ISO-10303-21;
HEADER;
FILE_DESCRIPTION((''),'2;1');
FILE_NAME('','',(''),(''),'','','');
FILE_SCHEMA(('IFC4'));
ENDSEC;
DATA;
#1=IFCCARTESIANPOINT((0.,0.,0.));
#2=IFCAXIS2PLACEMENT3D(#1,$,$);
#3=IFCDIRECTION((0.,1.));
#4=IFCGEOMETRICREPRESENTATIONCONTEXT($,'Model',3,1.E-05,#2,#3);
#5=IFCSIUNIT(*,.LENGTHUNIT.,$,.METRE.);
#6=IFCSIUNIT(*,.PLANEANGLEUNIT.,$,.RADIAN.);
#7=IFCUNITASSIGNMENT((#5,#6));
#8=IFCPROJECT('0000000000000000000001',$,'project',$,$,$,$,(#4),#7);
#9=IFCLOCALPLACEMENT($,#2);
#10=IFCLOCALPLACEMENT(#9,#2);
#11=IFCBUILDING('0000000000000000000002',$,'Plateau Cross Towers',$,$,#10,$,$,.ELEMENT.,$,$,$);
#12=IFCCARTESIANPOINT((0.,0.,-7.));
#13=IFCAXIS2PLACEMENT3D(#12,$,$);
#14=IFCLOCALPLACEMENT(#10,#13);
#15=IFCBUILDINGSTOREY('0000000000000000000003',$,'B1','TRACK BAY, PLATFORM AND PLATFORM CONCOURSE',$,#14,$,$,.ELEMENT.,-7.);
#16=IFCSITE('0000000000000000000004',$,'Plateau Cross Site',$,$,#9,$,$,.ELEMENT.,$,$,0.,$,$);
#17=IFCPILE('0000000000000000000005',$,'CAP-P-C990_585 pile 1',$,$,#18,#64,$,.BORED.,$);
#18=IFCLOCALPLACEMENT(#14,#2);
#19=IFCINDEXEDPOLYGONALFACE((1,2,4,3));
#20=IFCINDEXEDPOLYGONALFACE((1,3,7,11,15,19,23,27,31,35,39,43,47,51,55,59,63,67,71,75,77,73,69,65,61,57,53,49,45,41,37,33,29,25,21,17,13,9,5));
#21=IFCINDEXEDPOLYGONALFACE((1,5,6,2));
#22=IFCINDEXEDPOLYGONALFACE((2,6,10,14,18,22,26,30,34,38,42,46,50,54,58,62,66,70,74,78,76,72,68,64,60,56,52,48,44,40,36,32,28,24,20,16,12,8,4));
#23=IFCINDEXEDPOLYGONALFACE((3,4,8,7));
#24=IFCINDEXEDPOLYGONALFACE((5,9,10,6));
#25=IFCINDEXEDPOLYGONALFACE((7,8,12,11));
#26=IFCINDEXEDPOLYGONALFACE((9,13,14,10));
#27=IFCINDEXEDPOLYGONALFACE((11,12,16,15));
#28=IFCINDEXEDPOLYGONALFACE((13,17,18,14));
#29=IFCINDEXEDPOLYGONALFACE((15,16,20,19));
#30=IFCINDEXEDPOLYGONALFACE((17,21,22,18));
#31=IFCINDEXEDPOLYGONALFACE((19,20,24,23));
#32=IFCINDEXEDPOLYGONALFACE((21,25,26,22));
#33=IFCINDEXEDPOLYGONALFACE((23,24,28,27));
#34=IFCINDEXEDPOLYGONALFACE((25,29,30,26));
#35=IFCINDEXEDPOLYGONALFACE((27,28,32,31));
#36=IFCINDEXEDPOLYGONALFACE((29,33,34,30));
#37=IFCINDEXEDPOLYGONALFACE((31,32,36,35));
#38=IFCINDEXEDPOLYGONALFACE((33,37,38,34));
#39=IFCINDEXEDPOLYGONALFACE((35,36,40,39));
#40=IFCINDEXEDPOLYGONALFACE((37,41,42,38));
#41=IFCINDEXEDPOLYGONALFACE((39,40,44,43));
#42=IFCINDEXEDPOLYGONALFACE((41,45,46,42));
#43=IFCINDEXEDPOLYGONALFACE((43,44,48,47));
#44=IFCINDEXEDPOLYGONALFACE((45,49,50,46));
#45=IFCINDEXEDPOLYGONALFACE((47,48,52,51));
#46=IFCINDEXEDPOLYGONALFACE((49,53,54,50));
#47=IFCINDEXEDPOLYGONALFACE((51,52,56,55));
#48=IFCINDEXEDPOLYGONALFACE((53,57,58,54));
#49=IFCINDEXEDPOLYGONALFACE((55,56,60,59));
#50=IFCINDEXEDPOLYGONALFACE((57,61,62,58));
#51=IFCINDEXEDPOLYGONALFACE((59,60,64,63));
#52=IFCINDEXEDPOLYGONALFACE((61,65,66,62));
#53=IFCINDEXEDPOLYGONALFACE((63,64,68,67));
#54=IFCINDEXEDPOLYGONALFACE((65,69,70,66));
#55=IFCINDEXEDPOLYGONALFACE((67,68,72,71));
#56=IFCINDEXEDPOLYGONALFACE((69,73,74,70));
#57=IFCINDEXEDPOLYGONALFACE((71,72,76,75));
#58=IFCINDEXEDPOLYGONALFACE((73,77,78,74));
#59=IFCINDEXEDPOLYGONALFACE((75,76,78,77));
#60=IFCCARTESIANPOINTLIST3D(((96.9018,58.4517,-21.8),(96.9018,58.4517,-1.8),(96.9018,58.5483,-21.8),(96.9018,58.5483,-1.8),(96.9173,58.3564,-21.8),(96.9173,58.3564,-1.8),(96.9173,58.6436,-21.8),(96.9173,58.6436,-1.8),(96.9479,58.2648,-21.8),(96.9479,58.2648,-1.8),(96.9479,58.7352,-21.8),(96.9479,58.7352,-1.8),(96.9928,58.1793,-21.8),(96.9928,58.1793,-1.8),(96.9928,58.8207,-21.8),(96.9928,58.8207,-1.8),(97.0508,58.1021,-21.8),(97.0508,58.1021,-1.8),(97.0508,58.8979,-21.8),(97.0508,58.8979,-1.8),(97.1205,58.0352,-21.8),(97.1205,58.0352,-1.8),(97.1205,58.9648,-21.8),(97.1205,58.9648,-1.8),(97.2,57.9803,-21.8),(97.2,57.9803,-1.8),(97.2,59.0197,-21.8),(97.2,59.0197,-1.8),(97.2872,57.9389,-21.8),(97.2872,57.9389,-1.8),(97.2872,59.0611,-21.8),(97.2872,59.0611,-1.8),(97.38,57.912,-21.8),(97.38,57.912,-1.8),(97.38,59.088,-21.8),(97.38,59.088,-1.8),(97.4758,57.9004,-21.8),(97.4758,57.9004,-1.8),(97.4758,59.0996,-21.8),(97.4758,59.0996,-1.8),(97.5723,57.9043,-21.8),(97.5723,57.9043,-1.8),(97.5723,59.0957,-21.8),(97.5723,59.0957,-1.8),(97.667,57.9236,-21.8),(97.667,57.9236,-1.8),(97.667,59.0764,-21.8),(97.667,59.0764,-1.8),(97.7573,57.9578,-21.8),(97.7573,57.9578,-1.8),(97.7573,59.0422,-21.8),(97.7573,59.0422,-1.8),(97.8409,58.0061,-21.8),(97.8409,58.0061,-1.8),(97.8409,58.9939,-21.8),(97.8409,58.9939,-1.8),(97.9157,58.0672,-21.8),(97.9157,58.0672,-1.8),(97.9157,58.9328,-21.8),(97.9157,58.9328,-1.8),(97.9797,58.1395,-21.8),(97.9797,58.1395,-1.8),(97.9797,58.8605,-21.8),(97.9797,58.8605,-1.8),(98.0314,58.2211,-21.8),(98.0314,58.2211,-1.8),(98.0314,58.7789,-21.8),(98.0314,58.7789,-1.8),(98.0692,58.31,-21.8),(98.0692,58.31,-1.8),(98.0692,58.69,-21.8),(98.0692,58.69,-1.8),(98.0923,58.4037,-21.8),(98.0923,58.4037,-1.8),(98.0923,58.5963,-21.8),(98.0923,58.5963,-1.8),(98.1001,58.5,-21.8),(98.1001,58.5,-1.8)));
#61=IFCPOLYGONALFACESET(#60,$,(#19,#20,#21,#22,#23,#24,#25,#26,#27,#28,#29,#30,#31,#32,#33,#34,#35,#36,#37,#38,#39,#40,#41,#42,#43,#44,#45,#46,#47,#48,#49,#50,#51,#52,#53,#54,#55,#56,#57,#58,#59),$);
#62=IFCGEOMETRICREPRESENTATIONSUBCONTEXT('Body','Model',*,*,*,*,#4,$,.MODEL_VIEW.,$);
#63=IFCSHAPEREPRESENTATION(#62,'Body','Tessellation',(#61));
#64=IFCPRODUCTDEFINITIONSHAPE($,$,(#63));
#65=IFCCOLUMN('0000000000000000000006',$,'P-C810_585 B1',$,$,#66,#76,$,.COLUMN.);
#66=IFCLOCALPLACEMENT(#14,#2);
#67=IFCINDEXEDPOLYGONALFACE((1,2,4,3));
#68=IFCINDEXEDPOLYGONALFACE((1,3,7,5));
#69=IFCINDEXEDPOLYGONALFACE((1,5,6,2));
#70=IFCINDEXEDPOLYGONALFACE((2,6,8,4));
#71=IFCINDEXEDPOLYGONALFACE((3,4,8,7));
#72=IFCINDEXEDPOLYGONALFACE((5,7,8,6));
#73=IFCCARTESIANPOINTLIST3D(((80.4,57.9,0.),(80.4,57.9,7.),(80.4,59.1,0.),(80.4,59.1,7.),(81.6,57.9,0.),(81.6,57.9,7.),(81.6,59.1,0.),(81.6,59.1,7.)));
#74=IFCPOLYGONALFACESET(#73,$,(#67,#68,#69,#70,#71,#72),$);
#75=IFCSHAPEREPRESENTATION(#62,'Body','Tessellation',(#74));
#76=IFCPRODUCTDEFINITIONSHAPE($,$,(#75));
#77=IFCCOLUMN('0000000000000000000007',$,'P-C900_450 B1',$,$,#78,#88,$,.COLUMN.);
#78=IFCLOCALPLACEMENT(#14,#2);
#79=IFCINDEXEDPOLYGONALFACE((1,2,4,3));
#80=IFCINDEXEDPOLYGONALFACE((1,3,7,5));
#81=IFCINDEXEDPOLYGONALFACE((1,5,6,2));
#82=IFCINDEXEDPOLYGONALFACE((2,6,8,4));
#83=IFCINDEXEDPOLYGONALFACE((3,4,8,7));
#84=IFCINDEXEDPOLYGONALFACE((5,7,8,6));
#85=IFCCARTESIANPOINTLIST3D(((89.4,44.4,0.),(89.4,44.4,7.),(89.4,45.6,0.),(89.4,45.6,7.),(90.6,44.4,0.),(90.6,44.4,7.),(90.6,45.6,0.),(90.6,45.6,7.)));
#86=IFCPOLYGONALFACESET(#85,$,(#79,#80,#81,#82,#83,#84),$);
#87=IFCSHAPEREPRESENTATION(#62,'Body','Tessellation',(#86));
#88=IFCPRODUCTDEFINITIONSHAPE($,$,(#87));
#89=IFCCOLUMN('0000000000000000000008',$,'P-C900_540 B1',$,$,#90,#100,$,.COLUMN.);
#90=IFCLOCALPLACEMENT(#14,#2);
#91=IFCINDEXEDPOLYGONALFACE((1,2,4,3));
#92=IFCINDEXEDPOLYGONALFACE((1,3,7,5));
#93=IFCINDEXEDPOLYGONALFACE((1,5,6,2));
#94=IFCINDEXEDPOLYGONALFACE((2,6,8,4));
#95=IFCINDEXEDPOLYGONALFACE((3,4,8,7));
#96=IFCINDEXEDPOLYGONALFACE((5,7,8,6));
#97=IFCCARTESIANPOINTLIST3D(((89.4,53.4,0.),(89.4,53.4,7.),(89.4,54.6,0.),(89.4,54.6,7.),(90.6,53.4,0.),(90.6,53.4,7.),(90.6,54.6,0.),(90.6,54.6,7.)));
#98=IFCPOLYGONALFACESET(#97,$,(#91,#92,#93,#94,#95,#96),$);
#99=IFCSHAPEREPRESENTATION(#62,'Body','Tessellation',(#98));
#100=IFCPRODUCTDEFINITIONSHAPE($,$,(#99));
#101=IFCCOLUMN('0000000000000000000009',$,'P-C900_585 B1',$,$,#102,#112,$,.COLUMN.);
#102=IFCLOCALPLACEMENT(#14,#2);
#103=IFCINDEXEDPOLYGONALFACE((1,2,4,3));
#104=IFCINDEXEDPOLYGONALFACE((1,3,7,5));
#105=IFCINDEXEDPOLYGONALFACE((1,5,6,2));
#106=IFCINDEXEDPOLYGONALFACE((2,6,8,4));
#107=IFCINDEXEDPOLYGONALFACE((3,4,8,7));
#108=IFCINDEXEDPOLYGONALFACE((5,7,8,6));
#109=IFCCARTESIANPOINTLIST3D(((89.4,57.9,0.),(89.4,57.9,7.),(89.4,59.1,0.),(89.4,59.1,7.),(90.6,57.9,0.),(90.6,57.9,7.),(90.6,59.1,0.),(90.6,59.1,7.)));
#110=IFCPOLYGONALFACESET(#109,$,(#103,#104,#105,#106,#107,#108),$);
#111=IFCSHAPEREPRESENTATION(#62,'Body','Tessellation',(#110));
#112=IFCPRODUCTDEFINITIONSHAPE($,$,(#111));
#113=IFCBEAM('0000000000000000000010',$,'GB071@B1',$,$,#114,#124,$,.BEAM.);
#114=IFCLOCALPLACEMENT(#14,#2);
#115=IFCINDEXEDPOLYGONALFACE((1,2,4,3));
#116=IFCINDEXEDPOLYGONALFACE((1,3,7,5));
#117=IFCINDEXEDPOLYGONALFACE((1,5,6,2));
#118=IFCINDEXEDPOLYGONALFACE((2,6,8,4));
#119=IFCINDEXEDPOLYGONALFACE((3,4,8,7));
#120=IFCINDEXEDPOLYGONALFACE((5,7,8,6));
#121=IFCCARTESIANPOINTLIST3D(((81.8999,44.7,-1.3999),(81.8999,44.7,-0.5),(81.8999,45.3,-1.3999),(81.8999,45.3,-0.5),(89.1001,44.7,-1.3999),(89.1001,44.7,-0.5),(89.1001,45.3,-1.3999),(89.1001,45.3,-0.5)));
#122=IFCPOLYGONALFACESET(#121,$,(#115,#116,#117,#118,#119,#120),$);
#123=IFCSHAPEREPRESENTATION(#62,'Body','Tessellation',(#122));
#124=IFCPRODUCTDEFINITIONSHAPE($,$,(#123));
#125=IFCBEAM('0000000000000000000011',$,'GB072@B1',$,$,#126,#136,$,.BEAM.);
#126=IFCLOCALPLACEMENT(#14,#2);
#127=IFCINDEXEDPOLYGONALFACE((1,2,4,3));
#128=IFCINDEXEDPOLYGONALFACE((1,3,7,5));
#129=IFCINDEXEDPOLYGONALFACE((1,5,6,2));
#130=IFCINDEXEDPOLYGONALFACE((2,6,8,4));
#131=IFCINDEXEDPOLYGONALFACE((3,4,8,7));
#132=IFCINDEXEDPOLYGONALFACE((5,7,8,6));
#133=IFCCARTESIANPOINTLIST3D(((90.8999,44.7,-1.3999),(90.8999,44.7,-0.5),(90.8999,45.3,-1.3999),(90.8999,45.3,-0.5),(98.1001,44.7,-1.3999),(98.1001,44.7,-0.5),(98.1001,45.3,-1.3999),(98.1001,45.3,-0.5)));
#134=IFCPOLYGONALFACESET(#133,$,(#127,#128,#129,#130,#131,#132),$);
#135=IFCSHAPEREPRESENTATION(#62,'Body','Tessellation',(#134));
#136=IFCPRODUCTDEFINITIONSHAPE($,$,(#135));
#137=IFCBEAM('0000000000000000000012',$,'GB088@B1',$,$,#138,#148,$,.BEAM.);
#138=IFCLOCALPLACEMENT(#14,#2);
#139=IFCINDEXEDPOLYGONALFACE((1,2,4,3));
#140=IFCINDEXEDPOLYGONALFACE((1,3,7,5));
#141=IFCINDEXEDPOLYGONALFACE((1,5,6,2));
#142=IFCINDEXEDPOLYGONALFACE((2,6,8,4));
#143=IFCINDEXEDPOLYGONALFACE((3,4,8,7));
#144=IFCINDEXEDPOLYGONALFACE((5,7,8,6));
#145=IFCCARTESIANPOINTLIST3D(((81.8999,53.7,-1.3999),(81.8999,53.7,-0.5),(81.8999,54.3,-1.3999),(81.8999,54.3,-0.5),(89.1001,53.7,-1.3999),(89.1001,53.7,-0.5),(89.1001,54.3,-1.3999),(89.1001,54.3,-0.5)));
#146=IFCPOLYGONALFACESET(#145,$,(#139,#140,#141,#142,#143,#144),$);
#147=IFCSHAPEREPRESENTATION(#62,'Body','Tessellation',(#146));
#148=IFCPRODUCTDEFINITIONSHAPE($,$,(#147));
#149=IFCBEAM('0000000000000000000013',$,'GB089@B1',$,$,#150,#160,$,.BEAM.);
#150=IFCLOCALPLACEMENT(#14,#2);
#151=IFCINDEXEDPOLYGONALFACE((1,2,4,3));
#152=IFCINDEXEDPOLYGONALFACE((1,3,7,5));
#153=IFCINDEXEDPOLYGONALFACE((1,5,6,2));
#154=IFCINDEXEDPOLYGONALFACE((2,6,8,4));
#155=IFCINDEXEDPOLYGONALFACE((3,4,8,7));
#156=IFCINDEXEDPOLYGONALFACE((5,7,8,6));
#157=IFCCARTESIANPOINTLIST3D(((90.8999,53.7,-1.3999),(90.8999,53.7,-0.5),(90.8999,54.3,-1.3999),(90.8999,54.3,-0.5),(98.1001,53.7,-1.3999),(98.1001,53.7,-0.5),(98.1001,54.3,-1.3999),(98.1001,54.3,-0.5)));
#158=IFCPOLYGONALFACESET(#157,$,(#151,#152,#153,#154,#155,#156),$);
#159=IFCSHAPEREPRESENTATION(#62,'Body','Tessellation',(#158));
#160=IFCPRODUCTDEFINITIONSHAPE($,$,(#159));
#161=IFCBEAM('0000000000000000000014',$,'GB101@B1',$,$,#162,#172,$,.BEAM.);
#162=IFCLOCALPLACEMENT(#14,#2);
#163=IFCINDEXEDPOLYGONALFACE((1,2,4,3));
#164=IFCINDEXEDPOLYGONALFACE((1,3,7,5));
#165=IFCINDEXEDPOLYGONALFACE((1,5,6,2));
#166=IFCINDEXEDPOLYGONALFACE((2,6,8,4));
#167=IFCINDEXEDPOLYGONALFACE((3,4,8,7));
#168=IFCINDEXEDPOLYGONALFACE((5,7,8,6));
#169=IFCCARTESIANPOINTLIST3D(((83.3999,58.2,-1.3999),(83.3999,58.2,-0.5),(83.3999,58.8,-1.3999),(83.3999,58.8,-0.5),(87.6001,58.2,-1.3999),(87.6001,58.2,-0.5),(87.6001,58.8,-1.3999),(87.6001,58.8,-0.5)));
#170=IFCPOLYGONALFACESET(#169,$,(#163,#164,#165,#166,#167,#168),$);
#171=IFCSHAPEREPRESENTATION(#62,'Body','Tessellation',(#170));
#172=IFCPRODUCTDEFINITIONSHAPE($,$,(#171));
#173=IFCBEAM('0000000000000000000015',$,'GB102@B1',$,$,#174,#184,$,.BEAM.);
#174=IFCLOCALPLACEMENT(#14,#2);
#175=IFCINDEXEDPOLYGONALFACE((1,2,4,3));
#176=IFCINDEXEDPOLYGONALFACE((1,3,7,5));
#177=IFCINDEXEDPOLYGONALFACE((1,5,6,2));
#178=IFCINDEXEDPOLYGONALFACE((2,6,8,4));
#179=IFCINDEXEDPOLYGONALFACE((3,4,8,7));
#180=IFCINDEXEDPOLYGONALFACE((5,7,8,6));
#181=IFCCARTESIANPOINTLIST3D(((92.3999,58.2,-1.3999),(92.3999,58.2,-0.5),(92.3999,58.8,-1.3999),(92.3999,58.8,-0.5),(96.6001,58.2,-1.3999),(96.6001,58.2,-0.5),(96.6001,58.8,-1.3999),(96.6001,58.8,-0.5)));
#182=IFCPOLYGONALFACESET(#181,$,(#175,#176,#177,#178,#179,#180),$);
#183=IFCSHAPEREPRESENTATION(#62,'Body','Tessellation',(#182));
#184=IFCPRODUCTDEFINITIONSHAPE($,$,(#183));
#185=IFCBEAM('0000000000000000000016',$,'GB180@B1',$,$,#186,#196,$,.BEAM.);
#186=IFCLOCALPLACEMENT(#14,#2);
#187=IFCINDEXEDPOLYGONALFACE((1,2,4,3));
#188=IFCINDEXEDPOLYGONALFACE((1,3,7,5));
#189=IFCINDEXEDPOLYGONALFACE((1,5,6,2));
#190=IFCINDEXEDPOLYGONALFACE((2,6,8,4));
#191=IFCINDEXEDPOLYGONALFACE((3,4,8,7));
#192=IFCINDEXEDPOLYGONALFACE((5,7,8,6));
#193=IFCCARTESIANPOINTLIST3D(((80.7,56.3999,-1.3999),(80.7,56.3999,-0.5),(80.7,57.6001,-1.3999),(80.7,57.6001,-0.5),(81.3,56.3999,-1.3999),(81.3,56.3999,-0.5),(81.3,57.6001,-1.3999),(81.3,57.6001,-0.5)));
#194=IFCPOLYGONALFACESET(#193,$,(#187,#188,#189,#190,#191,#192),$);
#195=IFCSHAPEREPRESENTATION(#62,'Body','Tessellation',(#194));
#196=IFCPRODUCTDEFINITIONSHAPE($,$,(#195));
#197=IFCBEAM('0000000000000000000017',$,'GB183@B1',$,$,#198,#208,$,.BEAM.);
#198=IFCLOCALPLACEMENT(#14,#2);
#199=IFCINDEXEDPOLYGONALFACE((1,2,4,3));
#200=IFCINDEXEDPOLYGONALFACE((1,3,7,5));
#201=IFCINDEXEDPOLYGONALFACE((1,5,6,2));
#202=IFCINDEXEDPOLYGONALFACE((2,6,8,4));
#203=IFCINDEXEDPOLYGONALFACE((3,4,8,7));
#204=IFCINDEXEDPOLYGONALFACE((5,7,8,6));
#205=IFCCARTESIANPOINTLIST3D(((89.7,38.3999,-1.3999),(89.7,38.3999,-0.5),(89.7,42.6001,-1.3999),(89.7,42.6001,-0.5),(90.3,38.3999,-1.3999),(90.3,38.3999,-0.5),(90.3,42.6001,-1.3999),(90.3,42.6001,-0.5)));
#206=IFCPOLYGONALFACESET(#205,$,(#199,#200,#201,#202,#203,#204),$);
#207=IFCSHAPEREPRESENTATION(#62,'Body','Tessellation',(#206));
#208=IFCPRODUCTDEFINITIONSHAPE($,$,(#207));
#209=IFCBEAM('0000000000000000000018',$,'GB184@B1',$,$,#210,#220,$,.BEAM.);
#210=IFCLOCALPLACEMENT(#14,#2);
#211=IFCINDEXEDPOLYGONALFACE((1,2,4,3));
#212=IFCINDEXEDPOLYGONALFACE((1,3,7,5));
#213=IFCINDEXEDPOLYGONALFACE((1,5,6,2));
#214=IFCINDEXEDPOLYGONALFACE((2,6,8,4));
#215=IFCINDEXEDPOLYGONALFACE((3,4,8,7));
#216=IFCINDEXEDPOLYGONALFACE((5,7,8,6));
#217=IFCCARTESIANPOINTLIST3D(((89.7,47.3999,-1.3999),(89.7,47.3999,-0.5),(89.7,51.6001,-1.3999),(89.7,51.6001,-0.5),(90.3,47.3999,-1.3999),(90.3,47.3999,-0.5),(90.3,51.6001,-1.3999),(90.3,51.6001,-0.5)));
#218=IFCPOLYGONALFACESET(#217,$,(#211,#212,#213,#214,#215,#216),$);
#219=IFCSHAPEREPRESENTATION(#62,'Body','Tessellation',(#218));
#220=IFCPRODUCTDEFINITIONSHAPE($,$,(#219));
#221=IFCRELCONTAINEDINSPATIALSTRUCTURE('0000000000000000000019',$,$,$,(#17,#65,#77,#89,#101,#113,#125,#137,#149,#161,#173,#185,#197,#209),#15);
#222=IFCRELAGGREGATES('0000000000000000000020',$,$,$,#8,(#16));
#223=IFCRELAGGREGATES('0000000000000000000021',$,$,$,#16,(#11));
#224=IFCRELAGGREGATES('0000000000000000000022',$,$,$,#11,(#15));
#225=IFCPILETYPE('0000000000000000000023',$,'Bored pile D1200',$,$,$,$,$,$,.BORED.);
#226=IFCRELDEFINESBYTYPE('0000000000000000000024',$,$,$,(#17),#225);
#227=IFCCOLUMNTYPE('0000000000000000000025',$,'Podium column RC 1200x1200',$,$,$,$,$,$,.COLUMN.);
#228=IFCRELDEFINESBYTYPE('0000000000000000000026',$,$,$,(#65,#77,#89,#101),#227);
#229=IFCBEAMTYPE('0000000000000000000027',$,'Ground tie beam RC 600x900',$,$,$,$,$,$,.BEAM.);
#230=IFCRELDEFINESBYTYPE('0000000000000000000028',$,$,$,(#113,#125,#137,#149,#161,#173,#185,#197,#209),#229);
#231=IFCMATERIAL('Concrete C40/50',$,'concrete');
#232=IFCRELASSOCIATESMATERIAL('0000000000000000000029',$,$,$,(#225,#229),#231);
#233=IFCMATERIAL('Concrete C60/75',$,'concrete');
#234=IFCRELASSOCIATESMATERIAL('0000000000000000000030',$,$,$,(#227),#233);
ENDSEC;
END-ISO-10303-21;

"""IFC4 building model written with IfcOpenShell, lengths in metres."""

from ifc_helpers import new_model, si_unit, direction, frame, origin, origin_2d, place, context, subcontext, project, spatial, rectangle, circle, extrude, material, material_profile, profile_set, type_object, element, save


model = new_model("IFC4")

# Units and contexts
model_context = context("Model", 3, precision=1e-05, world=origin(), true_north=direction((0.0, 1.0)))
body_context = subcontext(model_context, "Body", "Model", "MODEL_VIEW")
ifc_project = project(units=[si_unit("LENGTHUNIT", "METRE"), si_unit("PLANEANGLEUNIT", "RADIAN")], contexts=[model_context])

# Site, building, storey
site_placement = place(None, origin())
site = spatial("IfcSite", under=ifc_project, at=site_placement, Name="Plateau Cross Site", CompositionType="ELEMENT", RefElevation=0.0)
building_placement = place(site_placement, origin())
building = spatial("IfcBuilding", under=site, at=building_placement, Name="Plateau Cross Towers", CompositionType="ELEMENT")
storey_placement = place(building_placement, frame((0.0, 0.0, -7.0)))
storey = spatial("IfcBuildingStorey", under=building, at=storey_placement, Name="B1", Description="TRACK BAY, PLATFORM AND PLATFORM CONCOURSE", CompositionType="ELEMENT", Elevation=-7.0)

# Pile
ifc_material_1 = material(Name="Concrete C40/50", Category="concrete")
ifc_material_profile_1 = material_profile(ifc_material_1, circle(Radius=0.6001, at=origin_2d()), Name="Bored pile D1200")
ifc_profile_set_1 = profile_set([ifc_material_profile_1], Name="Concrete C40/50")
pile_type = type_object("IfcPileType", Name="Bored pile D1200", PredefinedType="BORED", material=ifc_profile_set_1)
for number, where, z_axis, x_axis, name in (
    (1, (97.5, 58.5, -1.8), (0.0, 0.0, -1.0), (1.0, 0.0, 0.0), "CAP-P-C990_585 pile 1"),
):
    element("IfcPile", number, at=place(storey_placement, frame(where, z_axis=z_axis, x_axis=x_axis)), inside=storey, type_object=pile_type, Name=name, PredefinedType="BORED", context=body_context, shape_type="SweptSolid", body=[
        extrude(circle(Radius=0.6001, at=origin_2d()), origin(), (0.0, 0.0, 1.0), 20.0),
    ])

# Columns
ifc_material_2 = material(Name="Concrete C60/75", Category="concrete")
ifc_material_profile_2 = material_profile(ifc_material_2, rectangle(XDim=1.2, YDim=1.2, at=origin_2d()), Name="RC 1200x1200")
ifc_profile_set_2 = profile_set([ifc_material_profile_2], Name="Concrete C60/75")
column_type = type_object("IfcColumnType", Name="Podium column RC 1200x1200", PredefinedType="COLUMN", material=ifc_profile_set_2)
for number, where, z_axis, x_axis, name in (
    (2, (81.0, 58.5, 0.0), (0.0, 0.0, 1.0), (1.0, 0.0, 0.0), "P-C810_585 B1"),
    (3, (90.0, 45.0, 0.0), (0.0, 0.0, 1.0), (1.0, 0.0, 0.0), "P-C900_450 B1"),
    (4, (90.0, 54.0, 0.0), (0.0, 0.0, 1.0), (1.0, 0.0, 0.0), "P-C900_540 B1"),
    (5, (90.0, 58.5, 0.0), (0.0, 0.0, 1.0), (1.0, 0.0, 0.0), "P-C900_585 B1"),
):
    element("IfcColumn", number, at=place(storey_placement, frame(where, z_axis=z_axis, x_axis=x_axis)), inside=storey, type_object=column_type, Name=name, PredefinedType="COLUMN", context=body_context, shape_type="SweptSolid", body=[
        extrude(rectangle(XDim=1.2, YDim=1.2, at=origin_2d()), origin(), (0.0, 0.0, 1.0), 7.0),
    ])

# Beams
ifc_material_profile_3 = material_profile(ifc_material_1, rectangle(XDim=0.6001, YDim=0.8999, at=origin_2d()), Name="RC 600x900")
ifc_profile_set_3 = profile_set([ifc_material_profile_3], Name="Concrete C40/50")
beam_type = type_object("IfcBeamType", Name="Ground tie beam RC 600x900", PredefinedType="BEAM", material=ifc_profile_set_3)
for number, where, z_axis, x_axis, name in (
    (6, (81.8999, 45.0, -0.95), (1.0, 0.0, 0.0), (0.0, 1.0, 0.0), "GB071@B1"),
    (7, (90.8999, 45.0, -0.95), (1.0, 0.0, 0.0), (0.0, 1.0, 0.0), "GB072@B1"),
    (8, (81.8999, 54.0, -0.95), (1.0, 0.0, 0.0), (0.0, 1.0, 0.0), "GB088@B1"),
    (9, (90.8999, 54.0, -0.95), (1.0, 0.0, 0.0), (0.0, 1.0, 0.0), "GB089@B1"),
):
    element("IfcBeam", number, at=place(storey_placement, frame(where, z_axis=z_axis, x_axis=x_axis)), inside=storey, type_object=beam_type, Name=name, PredefinedType="BEAM", context=body_context, shape_type="SweptSolid", body=[
        extrude(rectangle(XDim=0.6001, YDim=0.8999, at=origin_2d()), origin(), (0.0, 0.0, 1.0), 7.2002),
    ])
for number, where, z_axis, x_axis, name in (
    (10, (83.3999, 58.5, -0.95), (1.0, 0.0, 0.0), (0.0, 1.0, 0.0), "GB101@B1"),
    (11, (92.3999, 58.5, -0.95), (1.0, 0.0, 0.0), (0.0, 1.0, 0.0), "GB102@B1"),
):
    element("IfcBeam", number, at=place(storey_placement, frame(where, z_axis=z_axis, x_axis=x_axis)), inside=storey, type_object=beam_type, Name=name, PredefinedType="BEAM", context=body_context, shape_type="SweptSolid", body=[
        extrude(rectangle(XDim=0.6001, YDim=0.8999, at=origin_2d()), origin(), (0.0, 0.0, 1.0), 4.2002),
    ])
beam_1_placement = place(storey_placement, frame((81.0, 56.3999, -0.95), z_axis=(0.0, 1.0, 0.0), x_axis=(-1.0, 0.0, 0.0)))
element("IfcBeam", 12, at=beam_1_placement, inside=storey, type_object=beam_type, Name="GB180@B1", PredefinedType="BEAM", context=body_context, shape_type="SweptSolid", body=[
    extrude(rectangle(XDim=0.6001, YDim=0.8999, at=origin_2d()), origin(), (0.0, 0.0, 1.0), 1.2002),
])
for number, where, z_axis, x_axis, name in (
    (13, (90.0, 38.3999, -0.95), (0.0, 1.0, 0.0), (-1.0, 0.0, 0.0), "GB183@B1"),
    (14, (90.0, 47.3999, -0.95), (0.0, 1.0, 0.0), (-1.0, 0.0, 0.0), "GB184@B1"),
):
    element("IfcBeam", number, at=place(storey_placement, frame(where, z_axis=z_axis, x_axis=x_axis)), inside=storey, type_object=beam_type, Name=name, PredefinedType="BEAM", context=body_context, shape_type="SweptSolid", body=[
        extrude(rectangle(XDim=0.6001, YDim=0.8999, at=origin_2d()), origin(), (0.0, 0.0, 1.0), 4.2002),
    ])

save(model, "model.ifc")
